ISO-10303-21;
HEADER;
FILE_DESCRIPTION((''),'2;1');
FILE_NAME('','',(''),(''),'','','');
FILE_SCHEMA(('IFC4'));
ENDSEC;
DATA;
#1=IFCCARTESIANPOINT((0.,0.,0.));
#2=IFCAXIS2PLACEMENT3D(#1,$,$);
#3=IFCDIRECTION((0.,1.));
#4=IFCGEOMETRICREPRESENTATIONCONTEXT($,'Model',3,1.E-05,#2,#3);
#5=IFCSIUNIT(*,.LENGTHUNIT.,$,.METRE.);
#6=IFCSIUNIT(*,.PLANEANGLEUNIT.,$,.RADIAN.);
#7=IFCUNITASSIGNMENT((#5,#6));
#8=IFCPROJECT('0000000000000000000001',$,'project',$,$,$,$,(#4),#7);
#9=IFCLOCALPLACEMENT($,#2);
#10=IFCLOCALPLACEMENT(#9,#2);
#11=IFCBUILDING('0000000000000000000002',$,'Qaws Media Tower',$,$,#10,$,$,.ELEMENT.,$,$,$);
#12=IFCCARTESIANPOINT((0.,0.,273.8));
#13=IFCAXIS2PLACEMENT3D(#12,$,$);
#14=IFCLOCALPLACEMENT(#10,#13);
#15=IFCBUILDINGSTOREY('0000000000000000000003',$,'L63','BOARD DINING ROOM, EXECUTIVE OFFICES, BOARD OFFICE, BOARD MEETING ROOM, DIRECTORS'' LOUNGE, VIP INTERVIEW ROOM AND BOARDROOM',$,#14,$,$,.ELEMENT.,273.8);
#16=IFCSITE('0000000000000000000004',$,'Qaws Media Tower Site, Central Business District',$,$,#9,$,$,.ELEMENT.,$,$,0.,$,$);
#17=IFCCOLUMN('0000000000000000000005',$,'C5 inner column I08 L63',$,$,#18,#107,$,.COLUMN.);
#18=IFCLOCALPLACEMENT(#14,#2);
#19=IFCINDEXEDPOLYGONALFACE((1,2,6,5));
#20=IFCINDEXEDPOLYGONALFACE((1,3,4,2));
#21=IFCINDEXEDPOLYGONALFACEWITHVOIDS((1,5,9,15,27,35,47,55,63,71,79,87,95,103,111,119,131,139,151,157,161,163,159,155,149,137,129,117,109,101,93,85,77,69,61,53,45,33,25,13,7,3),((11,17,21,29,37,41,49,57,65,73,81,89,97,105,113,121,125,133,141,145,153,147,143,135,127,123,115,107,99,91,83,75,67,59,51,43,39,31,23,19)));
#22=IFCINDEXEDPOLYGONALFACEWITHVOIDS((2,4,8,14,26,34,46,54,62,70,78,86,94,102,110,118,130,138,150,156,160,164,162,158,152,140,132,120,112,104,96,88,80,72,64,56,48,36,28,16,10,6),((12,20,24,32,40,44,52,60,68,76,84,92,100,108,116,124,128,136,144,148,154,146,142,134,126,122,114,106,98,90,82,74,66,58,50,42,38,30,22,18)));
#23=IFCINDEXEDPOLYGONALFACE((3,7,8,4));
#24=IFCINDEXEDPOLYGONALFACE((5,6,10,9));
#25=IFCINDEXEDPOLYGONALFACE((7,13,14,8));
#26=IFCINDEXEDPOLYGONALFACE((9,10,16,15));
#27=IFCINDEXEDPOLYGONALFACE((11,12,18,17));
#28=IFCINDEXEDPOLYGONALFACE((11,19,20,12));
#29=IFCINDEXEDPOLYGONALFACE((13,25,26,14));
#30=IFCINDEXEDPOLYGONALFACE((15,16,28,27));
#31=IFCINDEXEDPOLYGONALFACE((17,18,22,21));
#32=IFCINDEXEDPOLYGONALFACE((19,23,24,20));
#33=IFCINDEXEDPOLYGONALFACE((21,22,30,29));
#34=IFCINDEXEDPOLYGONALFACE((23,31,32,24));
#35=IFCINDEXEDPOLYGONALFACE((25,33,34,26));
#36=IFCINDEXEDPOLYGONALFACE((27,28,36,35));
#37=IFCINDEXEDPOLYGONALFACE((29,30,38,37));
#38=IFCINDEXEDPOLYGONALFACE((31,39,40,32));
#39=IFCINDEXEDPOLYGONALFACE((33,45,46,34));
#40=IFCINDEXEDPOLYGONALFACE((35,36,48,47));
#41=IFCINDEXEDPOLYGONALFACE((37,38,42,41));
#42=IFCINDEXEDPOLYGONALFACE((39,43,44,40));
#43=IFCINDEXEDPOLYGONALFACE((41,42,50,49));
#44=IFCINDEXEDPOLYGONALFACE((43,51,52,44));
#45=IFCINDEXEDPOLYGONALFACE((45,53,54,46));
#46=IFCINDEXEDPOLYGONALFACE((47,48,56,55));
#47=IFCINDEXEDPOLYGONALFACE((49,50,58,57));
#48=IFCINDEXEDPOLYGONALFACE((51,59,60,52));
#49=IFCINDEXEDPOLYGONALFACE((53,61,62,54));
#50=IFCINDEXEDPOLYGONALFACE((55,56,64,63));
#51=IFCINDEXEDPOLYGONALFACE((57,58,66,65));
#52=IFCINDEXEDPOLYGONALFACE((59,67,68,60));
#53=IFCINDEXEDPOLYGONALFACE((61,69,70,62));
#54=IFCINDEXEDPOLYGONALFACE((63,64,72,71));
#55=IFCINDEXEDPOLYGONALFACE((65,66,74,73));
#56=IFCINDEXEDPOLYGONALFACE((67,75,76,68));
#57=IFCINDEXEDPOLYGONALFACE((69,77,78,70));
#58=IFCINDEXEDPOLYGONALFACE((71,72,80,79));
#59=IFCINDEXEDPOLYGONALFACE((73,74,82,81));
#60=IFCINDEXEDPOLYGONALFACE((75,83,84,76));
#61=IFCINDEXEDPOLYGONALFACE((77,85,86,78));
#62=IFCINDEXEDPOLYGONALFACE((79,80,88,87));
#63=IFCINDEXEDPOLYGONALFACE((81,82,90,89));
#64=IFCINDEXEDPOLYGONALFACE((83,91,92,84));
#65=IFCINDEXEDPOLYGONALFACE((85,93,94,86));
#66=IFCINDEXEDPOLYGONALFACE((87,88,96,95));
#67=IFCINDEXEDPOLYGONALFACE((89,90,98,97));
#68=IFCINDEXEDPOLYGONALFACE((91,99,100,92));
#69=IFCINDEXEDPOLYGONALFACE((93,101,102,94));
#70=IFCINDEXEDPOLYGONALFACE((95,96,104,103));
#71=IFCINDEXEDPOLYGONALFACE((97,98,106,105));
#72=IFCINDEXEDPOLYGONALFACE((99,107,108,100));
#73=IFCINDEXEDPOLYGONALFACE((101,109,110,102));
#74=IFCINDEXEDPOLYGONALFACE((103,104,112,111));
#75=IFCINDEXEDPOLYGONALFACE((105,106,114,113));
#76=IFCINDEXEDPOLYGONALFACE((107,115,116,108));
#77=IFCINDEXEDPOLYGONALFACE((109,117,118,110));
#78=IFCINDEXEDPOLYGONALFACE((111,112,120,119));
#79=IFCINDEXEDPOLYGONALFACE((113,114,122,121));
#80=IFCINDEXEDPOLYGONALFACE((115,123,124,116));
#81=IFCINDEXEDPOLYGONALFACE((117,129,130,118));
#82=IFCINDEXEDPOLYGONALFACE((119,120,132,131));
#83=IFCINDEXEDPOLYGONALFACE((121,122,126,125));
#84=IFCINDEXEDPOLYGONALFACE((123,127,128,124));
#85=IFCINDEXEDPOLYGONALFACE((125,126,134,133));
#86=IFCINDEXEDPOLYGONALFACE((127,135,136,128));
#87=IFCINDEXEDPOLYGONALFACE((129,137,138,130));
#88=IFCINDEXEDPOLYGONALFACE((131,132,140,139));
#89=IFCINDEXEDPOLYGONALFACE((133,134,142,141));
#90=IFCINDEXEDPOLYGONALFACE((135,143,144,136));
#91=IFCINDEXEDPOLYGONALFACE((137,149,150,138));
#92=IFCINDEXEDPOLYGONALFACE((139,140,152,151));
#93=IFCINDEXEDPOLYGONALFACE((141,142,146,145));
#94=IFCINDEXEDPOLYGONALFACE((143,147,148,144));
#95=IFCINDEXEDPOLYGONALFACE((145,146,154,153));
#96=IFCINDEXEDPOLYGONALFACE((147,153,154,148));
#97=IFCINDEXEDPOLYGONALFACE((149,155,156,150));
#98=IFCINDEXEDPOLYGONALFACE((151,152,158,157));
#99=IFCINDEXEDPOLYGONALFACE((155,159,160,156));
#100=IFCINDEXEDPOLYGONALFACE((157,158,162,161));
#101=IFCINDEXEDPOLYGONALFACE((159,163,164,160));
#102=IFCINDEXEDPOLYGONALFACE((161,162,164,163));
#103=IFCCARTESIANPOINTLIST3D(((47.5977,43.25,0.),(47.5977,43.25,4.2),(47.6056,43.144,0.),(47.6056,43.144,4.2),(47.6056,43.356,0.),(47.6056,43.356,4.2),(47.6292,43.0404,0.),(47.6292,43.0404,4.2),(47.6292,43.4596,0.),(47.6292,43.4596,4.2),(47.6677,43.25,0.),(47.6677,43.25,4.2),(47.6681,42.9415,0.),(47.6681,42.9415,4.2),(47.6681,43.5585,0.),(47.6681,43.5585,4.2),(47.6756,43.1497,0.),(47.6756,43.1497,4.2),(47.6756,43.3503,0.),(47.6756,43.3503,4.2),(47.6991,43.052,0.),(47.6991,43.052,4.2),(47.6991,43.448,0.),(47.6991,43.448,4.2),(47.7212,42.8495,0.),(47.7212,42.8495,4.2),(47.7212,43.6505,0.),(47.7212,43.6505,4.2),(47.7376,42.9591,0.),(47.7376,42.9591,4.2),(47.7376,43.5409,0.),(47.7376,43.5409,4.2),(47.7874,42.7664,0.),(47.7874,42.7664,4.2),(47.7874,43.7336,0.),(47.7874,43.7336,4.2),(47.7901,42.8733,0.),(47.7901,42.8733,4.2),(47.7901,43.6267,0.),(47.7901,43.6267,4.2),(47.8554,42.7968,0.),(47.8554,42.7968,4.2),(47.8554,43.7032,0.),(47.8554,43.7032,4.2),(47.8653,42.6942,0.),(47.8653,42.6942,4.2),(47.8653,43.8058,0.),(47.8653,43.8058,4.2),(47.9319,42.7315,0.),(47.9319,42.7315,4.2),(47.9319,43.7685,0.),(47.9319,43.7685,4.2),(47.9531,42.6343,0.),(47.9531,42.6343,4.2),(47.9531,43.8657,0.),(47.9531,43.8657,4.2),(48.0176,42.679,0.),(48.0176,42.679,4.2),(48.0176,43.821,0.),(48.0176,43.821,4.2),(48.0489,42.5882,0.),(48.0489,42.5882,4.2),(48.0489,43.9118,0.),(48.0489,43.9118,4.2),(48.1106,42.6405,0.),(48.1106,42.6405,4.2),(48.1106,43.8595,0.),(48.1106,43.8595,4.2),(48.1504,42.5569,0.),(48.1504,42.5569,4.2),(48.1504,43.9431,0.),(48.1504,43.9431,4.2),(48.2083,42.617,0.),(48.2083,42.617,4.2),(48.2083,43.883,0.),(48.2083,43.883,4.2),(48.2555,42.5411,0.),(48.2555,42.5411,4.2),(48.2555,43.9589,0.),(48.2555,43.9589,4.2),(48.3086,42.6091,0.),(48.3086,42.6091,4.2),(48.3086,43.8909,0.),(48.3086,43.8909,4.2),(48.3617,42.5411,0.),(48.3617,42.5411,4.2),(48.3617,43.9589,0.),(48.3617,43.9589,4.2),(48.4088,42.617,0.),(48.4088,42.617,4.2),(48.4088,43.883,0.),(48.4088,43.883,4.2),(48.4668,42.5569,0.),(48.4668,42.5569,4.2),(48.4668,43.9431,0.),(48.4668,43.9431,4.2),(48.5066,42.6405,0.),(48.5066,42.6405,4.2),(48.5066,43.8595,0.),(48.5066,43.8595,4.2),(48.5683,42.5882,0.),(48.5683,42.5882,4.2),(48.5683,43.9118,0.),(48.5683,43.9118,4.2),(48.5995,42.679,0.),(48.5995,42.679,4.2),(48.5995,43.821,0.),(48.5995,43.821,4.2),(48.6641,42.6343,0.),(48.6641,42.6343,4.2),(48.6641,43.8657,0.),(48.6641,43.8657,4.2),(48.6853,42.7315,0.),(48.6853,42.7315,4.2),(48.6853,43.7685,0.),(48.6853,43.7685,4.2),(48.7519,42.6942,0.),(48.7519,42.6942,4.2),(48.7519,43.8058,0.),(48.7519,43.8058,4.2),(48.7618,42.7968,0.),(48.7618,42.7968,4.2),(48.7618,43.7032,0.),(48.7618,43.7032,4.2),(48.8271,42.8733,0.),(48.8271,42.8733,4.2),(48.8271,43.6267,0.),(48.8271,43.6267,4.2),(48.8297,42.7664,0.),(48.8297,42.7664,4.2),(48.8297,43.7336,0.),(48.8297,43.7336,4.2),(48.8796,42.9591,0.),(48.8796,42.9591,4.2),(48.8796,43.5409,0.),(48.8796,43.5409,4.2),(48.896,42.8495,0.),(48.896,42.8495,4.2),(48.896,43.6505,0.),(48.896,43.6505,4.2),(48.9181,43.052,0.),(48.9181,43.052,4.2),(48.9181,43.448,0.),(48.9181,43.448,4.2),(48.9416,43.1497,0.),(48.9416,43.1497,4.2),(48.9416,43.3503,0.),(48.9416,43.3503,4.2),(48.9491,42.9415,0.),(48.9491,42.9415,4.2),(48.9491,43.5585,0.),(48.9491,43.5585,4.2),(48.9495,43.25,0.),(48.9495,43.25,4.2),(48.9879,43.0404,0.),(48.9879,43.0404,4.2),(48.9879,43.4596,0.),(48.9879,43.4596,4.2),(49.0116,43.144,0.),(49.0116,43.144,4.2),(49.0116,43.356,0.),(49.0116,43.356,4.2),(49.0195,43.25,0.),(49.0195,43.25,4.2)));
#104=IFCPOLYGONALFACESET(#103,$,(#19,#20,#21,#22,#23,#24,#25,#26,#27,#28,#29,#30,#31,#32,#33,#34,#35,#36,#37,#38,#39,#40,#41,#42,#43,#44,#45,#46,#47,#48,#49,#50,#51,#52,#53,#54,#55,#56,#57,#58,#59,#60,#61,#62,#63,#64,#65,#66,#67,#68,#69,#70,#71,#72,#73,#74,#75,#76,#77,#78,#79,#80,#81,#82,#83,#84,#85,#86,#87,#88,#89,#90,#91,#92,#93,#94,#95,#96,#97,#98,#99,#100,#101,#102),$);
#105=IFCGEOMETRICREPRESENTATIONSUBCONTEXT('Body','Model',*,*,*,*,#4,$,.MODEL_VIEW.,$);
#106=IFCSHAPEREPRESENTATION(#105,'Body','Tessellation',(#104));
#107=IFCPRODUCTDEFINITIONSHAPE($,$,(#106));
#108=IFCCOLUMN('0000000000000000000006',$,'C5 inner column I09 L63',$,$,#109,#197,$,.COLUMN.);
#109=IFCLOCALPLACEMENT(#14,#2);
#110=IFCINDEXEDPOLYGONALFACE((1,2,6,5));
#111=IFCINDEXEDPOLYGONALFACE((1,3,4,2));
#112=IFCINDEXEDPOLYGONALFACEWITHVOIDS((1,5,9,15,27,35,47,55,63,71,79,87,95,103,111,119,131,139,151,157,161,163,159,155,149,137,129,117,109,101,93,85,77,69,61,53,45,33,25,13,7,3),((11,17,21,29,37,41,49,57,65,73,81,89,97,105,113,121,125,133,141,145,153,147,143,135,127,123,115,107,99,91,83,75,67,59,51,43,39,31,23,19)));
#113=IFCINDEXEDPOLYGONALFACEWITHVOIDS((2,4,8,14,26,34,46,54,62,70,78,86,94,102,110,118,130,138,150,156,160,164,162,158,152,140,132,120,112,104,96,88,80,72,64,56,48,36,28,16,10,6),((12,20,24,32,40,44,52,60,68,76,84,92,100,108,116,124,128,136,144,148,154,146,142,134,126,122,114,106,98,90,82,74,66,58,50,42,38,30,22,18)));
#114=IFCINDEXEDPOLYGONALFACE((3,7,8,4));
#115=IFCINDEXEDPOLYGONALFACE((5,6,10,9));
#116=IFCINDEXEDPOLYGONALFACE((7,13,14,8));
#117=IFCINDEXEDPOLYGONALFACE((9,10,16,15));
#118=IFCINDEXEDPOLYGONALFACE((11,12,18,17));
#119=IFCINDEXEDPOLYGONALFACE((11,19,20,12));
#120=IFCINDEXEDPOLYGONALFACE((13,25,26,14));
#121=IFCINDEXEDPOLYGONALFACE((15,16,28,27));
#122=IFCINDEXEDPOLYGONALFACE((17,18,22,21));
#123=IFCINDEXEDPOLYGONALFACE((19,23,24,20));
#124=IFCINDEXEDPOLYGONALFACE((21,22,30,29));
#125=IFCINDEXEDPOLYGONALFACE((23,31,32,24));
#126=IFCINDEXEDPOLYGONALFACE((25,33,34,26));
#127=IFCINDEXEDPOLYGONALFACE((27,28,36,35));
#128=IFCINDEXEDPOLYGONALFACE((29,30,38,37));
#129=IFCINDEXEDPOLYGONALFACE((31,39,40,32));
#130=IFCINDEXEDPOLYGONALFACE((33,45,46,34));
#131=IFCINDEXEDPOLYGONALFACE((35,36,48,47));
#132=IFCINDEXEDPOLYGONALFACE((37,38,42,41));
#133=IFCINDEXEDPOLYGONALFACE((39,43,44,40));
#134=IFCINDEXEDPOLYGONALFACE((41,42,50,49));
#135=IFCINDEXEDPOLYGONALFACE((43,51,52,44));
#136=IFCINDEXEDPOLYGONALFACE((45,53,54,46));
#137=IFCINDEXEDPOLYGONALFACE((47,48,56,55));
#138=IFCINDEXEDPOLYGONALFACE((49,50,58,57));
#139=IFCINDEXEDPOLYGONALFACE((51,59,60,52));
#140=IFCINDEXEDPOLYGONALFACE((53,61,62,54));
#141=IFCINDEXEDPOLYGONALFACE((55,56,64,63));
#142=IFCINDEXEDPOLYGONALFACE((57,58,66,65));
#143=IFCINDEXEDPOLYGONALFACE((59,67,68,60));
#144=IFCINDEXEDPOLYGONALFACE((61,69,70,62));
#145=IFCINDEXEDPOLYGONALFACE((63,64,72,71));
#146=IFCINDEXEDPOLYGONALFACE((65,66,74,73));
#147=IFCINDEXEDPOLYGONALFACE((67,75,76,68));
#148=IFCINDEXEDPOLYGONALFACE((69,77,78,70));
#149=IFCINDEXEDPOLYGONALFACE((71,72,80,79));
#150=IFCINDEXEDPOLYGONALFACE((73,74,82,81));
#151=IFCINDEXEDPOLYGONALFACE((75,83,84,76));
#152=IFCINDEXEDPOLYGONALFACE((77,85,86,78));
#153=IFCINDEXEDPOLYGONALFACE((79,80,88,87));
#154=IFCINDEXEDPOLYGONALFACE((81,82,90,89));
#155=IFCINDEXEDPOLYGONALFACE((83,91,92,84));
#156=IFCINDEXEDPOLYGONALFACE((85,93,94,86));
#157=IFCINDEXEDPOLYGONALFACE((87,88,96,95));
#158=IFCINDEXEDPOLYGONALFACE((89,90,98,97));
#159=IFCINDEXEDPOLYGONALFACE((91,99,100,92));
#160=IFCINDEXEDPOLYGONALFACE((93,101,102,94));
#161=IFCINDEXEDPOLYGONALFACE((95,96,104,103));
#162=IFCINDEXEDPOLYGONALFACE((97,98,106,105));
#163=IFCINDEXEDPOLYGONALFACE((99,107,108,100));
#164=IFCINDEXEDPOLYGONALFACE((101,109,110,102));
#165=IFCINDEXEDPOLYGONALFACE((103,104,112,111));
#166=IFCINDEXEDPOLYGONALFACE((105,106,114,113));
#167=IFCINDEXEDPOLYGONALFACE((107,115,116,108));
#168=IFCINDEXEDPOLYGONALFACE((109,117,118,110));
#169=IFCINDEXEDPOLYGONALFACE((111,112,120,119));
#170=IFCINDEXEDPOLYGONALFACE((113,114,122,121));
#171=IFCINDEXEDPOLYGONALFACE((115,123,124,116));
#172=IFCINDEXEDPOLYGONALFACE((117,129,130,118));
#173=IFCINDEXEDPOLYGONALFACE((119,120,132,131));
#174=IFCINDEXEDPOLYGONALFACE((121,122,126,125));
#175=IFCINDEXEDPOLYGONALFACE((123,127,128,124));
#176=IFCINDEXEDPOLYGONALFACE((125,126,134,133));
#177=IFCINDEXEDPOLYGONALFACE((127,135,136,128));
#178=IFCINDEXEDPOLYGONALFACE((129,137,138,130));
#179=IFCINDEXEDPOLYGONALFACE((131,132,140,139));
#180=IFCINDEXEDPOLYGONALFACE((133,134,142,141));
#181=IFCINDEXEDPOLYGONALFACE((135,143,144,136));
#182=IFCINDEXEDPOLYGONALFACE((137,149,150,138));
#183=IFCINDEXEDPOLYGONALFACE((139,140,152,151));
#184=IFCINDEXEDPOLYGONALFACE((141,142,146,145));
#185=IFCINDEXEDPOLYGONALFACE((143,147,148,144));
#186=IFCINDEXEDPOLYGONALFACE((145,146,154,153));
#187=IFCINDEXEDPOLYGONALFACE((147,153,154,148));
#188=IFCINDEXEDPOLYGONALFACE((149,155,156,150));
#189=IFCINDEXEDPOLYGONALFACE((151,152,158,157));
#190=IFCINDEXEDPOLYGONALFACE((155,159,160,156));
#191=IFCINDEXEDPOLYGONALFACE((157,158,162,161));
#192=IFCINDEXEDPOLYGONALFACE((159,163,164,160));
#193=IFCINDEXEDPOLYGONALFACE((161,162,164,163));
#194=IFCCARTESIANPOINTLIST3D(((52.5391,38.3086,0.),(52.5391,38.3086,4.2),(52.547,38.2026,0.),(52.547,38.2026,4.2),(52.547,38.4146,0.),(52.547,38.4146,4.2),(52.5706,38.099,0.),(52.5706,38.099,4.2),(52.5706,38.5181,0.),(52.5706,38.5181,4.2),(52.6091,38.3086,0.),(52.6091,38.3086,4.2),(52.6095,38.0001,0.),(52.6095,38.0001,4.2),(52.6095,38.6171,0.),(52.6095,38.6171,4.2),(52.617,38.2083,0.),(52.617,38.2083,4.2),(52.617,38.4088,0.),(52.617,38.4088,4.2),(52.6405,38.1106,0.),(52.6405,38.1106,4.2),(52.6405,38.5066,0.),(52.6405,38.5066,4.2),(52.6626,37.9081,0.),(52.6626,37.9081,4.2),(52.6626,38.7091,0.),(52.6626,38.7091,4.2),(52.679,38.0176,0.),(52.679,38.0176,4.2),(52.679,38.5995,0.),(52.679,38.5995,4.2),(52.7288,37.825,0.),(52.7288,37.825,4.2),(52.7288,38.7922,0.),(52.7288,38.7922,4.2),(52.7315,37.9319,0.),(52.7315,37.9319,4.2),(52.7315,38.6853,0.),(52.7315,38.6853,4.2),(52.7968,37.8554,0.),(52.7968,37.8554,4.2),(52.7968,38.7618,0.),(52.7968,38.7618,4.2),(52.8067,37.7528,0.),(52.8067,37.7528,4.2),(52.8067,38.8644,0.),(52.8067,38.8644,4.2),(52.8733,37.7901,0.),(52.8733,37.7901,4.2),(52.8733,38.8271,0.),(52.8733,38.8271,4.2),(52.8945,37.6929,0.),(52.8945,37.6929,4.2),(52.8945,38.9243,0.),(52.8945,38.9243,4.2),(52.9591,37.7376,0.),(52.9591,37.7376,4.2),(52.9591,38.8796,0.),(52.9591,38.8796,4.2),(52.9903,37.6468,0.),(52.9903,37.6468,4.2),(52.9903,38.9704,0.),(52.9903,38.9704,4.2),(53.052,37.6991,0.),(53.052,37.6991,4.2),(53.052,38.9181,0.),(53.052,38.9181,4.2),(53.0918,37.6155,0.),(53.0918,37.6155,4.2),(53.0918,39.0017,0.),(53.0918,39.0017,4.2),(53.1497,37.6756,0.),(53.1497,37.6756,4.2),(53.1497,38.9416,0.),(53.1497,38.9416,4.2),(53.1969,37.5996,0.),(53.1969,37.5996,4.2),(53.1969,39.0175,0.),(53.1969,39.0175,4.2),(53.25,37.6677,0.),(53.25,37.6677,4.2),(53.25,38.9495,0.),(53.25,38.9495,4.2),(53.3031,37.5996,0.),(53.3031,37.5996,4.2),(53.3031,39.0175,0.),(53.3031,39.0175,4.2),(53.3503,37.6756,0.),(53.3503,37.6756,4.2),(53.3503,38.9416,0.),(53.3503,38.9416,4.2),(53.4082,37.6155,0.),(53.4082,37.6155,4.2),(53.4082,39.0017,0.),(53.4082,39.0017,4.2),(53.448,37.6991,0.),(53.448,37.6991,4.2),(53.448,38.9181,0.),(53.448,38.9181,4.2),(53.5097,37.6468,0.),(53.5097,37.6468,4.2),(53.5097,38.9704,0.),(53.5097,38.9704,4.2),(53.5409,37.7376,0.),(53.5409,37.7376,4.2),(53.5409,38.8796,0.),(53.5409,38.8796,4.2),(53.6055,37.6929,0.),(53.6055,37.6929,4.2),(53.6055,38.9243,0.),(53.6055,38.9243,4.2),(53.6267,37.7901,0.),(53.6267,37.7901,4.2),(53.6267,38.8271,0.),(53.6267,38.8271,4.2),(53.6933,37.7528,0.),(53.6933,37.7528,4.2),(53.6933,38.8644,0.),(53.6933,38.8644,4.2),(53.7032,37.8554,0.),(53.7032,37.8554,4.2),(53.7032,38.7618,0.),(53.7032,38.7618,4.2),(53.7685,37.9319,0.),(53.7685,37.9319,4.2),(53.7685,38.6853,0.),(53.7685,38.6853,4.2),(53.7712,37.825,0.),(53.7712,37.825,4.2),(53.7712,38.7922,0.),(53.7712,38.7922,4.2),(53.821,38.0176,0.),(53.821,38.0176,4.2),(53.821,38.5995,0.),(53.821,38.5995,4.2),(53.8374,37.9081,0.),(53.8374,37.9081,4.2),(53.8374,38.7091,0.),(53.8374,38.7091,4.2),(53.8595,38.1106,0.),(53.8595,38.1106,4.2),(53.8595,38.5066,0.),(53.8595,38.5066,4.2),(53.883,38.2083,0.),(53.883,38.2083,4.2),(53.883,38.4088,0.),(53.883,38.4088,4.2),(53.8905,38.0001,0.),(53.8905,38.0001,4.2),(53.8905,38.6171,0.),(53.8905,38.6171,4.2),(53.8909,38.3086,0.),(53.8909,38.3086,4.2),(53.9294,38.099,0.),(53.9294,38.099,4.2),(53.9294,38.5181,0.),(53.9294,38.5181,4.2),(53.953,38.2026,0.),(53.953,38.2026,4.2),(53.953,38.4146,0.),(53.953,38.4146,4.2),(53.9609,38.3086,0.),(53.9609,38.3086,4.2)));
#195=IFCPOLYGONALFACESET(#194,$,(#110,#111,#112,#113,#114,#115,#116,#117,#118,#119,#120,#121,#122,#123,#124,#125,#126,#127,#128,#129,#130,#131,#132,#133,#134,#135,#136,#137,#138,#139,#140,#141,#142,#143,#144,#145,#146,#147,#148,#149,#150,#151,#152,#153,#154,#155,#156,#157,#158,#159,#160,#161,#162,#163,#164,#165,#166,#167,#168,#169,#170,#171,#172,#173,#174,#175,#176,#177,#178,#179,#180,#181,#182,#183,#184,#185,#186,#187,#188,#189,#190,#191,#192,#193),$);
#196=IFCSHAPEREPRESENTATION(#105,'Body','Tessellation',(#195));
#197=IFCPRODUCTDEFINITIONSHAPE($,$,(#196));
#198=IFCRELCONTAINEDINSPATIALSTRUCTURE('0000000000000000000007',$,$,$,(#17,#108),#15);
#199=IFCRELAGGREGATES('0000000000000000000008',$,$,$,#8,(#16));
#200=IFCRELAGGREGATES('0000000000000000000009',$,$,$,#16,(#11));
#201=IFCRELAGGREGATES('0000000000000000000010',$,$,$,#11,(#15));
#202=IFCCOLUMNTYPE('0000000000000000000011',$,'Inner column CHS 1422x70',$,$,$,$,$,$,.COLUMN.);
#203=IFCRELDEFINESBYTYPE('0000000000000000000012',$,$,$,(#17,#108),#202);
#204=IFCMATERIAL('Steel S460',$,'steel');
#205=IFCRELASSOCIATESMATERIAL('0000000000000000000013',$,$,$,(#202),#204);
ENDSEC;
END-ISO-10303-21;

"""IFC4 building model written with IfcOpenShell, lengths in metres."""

from ifc_helpers import new_model, si_unit, direction, frame, origin, origin_2d, place, context, subcontext, project, spatial, hollow_circle, extrude, material, material_profile, profile_set, type_object, element, save


model = new_model("IFC4")

# Units and contexts
model_context = context("Model", 3, precision=1e-05, world=origin(), true_north=direction((0.0, 1.0)))
body_context = subcontext(model_context, "Body", "Model", "MODEL_VIEW")
ifc_project = project(units=[si_unit("LENGTHUNIT", "METRE"), si_unit("PLANEANGLEUNIT", "RADIAN")], contexts=[model_context])

# Site, building, storey
site_placement = place(None, origin())
site = spatial("IfcSite", under=ifc_project, at=site_placement, Name="Qaws Media Tower Site, Central Business District", CompositionType="ELEMENT", RefElevation=0.0)
building_placement = place(site_placement, origin())
building = spatial("IfcBuilding", under=site, at=building_placement, Name="Qaws Media Tower", CompositionType="ELEMENT")
storey_placement = place(building_placement, frame((0.0, 0.0, 273.8)))
storey = spatial("IfcBuildingStorey", under=building, at=storey_placement, Name="L63", Description="BOARD DINING ROOM, EXECUTIVE OFFICES, BOARD OFFICE, BOARD MEETING ROOM, DIRECTORS' LOUNGE, VIP INTERVIEW ROOM AND BOARDROOM", CompositionType="ELEMENT", Elevation=273.8)

# Columns
ifc_material_1 = material(Name="Steel S460", Category="steel")
ifc_material_profile_1 = material_profile(ifc_material_1, hollow_circle(Radius=0.7109, WallThickness=0.0701, at=origin_2d()), Name="CHS 1422x70")
ifc_profile_set_1 = profile_set([ifc_material_profile_1], Name="Steel S460")
column_type = type_object("IfcColumnType", Name="Inner column CHS 1422x70", PredefinedType="COLUMN", material=ifc_profile_set_1)
for number, where, z_axis, x_axis, name in (
    (1, (48.3086, 43.25, 0.0), (0.0, 0.0, 1.0), (1.0, 0.0, 0.0), "C5 inner column I08 L63"),
    (2, (53.25, 38.3086, 0.0), (0.0, 0.0, 1.0), (1.0, 0.0, 0.0), "C5 inner column I09 L63"),
):
    element("IfcColumn", number, at=place(storey_placement, frame(where, z_axis=z_axis, x_axis=x_axis)), inside=storey, type_object=column_type, Name=name, PredefinedType="COLUMN", context=body_context, shape_type="SweptSolid", body=[
        extrude(hollow_circle(Radius=0.7109, WallThickness=0.0701, at=origin_2d()), origin(), (0.0, 0.0, 1.0), 4.2),
    ])

save(model, "model.ifc")
